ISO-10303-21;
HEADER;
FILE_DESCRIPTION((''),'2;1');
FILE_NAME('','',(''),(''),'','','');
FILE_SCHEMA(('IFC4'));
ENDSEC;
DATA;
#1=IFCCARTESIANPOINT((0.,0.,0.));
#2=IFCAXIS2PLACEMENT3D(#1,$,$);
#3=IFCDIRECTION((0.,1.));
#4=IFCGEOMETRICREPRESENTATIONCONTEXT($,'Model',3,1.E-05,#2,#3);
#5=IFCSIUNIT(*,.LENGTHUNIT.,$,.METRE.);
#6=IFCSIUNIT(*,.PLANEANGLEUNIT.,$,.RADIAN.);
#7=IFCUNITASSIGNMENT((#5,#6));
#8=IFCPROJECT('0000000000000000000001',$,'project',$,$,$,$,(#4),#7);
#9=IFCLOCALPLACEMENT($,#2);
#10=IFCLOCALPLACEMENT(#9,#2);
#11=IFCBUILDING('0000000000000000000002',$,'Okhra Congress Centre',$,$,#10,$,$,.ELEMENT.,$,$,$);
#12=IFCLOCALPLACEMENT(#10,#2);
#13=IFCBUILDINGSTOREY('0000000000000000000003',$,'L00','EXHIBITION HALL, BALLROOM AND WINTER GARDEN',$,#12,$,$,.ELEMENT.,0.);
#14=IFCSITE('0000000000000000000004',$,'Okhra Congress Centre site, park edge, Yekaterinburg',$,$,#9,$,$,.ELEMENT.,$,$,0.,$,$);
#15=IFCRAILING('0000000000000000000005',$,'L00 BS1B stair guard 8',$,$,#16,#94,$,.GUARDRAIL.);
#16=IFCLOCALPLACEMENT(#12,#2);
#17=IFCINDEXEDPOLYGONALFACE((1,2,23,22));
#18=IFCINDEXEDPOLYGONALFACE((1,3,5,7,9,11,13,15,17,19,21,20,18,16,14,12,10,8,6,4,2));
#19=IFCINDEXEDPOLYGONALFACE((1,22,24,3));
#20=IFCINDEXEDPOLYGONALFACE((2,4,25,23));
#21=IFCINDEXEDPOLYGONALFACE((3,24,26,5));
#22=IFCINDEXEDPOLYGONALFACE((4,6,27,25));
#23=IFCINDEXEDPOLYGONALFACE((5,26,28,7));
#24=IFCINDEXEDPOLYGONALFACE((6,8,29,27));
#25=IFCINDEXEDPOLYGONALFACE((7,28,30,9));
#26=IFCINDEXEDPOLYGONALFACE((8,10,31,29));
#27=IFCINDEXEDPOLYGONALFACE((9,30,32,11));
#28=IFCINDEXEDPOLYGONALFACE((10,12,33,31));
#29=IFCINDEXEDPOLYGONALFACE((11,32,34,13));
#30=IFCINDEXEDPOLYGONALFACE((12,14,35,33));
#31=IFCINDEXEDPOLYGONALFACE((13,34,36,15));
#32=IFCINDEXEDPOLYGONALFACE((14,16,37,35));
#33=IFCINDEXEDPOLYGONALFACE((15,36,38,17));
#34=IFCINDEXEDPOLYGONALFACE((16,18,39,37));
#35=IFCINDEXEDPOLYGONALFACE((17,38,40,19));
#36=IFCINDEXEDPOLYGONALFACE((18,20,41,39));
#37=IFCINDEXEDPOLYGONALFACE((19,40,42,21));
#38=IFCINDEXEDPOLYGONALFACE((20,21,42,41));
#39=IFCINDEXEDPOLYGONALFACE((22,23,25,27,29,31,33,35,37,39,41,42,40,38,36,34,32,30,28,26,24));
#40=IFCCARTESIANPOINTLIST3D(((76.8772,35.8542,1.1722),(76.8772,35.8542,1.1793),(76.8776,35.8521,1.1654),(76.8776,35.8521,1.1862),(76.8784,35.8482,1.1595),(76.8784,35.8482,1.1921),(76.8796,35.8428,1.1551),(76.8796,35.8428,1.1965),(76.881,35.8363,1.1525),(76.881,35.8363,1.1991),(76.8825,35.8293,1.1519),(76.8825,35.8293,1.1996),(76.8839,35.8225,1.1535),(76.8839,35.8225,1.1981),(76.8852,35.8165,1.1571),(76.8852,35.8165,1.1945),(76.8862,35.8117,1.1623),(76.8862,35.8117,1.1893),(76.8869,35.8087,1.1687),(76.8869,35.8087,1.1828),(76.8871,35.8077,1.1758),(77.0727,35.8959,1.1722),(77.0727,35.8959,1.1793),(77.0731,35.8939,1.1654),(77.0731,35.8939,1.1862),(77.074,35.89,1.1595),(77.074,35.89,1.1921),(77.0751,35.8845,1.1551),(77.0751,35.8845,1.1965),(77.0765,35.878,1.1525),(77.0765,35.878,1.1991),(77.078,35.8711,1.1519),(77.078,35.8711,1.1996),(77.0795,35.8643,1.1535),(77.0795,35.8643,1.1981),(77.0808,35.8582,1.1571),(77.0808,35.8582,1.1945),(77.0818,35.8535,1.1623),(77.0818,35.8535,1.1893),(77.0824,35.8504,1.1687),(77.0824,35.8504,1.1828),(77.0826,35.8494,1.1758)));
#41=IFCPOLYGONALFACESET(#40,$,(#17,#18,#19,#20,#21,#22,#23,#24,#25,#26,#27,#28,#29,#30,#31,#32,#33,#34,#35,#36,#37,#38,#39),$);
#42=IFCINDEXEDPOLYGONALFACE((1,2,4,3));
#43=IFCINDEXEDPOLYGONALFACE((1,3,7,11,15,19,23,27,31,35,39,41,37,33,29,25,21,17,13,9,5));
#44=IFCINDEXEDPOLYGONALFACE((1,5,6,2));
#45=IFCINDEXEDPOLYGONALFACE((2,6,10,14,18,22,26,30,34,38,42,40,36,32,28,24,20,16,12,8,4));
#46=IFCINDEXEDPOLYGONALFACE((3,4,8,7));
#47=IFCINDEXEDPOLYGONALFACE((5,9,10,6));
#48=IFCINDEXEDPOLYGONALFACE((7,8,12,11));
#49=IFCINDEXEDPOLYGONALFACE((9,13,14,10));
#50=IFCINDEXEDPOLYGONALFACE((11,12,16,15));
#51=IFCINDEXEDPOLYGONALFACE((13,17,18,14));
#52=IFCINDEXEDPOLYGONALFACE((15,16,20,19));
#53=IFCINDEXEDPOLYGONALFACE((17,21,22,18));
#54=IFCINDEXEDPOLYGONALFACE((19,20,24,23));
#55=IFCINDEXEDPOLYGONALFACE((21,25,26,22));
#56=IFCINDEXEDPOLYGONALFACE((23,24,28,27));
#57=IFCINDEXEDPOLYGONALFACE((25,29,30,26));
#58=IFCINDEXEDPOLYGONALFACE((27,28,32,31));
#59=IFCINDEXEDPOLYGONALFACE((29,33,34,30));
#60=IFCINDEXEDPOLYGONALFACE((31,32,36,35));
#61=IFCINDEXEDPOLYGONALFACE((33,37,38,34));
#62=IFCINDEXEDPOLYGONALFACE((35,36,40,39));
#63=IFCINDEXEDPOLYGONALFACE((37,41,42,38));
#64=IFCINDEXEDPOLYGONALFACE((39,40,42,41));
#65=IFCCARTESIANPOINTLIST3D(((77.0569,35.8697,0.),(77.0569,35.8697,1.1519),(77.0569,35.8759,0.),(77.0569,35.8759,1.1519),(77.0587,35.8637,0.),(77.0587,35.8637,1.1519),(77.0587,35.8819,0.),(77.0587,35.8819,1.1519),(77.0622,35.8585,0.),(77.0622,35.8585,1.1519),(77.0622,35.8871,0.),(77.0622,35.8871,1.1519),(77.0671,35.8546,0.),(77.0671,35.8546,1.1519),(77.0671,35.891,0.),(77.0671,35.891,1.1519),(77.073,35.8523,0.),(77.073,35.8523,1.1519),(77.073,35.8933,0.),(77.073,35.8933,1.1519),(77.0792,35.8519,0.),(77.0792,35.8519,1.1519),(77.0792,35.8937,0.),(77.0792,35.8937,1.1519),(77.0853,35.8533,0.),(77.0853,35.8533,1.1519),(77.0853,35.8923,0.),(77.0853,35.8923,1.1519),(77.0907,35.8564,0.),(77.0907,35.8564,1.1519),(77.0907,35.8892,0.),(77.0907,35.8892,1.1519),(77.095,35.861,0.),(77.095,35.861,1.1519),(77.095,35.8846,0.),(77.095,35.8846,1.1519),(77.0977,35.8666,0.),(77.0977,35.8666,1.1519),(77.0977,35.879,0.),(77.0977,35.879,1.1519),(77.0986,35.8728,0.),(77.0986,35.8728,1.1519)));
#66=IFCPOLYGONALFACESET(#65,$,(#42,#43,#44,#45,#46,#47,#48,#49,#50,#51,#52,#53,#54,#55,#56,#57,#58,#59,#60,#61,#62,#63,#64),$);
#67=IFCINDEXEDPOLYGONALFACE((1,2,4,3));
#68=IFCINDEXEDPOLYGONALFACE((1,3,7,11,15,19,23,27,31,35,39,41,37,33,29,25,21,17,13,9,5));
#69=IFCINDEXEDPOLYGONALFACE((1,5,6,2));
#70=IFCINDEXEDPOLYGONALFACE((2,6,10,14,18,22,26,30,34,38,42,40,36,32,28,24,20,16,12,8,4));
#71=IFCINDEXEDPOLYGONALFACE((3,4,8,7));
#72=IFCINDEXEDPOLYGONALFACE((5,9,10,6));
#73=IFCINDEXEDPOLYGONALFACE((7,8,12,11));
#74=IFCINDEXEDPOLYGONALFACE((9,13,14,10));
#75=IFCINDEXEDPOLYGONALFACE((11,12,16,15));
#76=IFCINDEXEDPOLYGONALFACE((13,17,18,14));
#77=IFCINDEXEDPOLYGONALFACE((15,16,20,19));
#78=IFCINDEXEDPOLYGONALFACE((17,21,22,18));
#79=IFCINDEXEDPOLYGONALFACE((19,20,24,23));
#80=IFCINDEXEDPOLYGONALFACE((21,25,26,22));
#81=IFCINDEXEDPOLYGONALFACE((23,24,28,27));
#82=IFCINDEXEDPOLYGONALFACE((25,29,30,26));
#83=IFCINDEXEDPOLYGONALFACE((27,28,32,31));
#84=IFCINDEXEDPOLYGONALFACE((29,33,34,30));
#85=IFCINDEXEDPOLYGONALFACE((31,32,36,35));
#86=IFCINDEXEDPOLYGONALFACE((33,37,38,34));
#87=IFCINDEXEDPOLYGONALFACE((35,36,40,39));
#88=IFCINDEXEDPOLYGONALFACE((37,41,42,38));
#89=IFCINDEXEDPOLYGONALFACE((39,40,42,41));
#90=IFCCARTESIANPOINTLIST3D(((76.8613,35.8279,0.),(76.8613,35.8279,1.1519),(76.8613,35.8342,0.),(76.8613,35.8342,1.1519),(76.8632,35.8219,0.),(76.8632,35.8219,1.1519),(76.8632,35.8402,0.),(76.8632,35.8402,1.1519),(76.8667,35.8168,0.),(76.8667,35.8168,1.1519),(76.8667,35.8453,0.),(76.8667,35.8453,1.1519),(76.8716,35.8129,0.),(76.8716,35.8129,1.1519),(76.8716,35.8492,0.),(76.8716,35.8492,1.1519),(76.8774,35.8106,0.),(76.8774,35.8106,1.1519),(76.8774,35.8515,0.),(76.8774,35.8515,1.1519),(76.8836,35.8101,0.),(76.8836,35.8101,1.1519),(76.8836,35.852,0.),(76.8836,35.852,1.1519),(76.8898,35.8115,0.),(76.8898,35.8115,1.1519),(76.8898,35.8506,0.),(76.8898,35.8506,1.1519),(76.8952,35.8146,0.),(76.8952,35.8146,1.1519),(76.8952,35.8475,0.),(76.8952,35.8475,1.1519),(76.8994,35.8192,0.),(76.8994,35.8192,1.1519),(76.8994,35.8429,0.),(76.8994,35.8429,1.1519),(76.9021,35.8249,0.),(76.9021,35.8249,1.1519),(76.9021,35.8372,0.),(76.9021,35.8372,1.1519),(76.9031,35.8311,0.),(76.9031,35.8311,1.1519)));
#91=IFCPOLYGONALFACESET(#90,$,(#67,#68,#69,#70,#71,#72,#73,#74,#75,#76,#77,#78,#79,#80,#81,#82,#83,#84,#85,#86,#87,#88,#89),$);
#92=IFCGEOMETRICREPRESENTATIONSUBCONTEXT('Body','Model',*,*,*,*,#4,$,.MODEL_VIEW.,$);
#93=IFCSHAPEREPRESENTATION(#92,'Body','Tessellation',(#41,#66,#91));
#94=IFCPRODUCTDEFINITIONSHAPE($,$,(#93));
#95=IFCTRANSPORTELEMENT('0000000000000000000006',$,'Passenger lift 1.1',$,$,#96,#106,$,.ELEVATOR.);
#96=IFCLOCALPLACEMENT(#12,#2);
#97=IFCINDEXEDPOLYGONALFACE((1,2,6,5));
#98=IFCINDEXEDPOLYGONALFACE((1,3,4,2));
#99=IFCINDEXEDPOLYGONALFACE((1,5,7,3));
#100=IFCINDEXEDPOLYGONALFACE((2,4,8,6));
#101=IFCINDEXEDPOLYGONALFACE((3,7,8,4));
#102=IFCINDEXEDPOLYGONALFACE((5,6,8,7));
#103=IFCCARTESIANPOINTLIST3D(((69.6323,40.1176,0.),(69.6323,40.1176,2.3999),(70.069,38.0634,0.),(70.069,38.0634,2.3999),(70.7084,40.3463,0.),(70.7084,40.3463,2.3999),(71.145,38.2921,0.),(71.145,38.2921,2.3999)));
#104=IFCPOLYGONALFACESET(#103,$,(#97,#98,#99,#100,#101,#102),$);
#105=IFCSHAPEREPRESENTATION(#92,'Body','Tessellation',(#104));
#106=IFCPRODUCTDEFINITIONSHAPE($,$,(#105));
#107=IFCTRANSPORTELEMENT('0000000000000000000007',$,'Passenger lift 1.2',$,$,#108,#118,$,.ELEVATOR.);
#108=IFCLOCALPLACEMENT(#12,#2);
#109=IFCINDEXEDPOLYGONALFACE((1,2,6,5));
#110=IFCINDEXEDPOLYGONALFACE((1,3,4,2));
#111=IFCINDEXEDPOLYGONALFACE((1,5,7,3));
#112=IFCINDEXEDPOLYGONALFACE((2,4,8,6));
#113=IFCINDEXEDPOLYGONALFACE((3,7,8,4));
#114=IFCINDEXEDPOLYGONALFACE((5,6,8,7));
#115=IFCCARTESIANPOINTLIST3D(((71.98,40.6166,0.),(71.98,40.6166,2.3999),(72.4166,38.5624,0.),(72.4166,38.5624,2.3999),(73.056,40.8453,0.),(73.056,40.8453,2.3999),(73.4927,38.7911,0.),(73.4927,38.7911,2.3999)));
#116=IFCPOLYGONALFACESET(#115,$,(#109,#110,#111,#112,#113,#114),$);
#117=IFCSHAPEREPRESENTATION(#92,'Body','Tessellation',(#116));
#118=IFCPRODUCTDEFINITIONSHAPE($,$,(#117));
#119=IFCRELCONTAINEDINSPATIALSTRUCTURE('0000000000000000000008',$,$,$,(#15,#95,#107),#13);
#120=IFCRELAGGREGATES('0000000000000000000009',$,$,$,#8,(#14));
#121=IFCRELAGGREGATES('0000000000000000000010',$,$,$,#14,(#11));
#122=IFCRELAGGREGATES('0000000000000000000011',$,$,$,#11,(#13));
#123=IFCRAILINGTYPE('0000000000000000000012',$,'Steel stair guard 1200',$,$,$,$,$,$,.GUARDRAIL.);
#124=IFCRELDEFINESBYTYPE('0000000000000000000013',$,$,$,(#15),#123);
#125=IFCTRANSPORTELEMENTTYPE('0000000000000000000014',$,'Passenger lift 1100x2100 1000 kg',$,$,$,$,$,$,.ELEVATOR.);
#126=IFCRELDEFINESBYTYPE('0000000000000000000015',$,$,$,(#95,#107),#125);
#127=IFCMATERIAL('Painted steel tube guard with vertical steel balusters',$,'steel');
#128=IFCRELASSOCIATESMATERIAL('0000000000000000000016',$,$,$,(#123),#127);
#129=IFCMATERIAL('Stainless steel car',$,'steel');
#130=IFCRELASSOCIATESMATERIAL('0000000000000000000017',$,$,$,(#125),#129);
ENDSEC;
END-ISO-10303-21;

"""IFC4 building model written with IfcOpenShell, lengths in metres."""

from ifc_helpers import new_model, si_unit, direction, frame, origin, origin_2d, place, context, subcontext, project, spatial, rectangle, circle, extrude, material, type_object, element, save


model = new_model("IFC4")

# Units and contexts
model_context = context("Model", 3, precision=1e-05, world=origin(), true_north=direction((0.0, 1.0)))
body_context = subcontext(model_context, "Body", "Model", "MODEL_VIEW")
ifc_project = project(units=[si_unit("LENGTHUNIT", "METRE"), si_unit("PLANEANGLEUNIT", "RADIAN")], contexts=[model_context])

# Site, building, storey
site_placement = place(None, origin())
site = spatial("IfcSite", under=ifc_project, at=site_placement, Name="Okhra Congress Centre site, park edge, Yekaterinburg", CompositionType="ELEMENT", RefElevation=0.0)
building_placement = place(site_placement, origin())
building = spatial("IfcBuilding", under=site, at=building_placement, Name="Okhra Congress Centre", CompositionType="ELEMENT")
storey_placement = place(building_placement, origin())
storey = spatial("IfcBuildingStorey", under=building, at=storey_placement, Name="L00", Description="EXHIBITION HALL, BALLROOM AND WINTER GARDEN", CompositionType="ELEMENT", Elevation=0.0)

# Railing
ifc_material_1 = material(Name="Painted steel tube guard with vertical steel balusters", Category="steel")
railing_type_1 = type_object("IfcRailingType", Name="Steel stair guard 1200", PredefinedType="GUARDRAIL", material=ifc_material_1)
railing_1_placement = place(storey_placement, frame((77.0776, 35.8728, 0.0)))
element("IfcRailing", 1, at=railing_1_placement, inside=storey, type_object=railing_type_1, Name="L00 BS1B stair guard 8", PredefinedType="GUARDRAIL", context=body_context, shape_type="SweptSolid", body=[
    extrude(circle(Radius=0.0239, at=origin_2d()), frame((0.0, 0.0, 1.1758), z_axis=(-0.977963, -0.208779, 0.0), x_axis=(0.208779, -0.977963, 0.0)), (0.0, 0.0, 1.0), 0.2),
    extrude(circle(Radius=0.021, at=origin_2d()), origin(), (0.0, 0.0, 1.0), 1.1519),
    extrude(circle(Radius=0.021, at=origin_2d()), frame((-0.1956, -0.0417, 0.0)), (0.0, 0.0, 1.0), 1.1519),
])

# Transport elements
ifc_material_2 = material(Name="Stainless steel car", Category="steel")
transport_element_type = type_object("IfcTransportElementType", Name="Passenger lift 1100x2100 1000 kg", PredefinedType="ELEVATOR", material=ifc_material_2)
for number, where, z_axis, x_axis, name in (
    (2, (70.3887, 39.2048, 0.0), (0.0, 0.0, 1.0), (0.978148, 0.207912, 0.0), "Passenger lift 1.1"),
    (3, (72.7363, 39.7039, 0.0), (0.0, 0.0, 1.0), (0.978148, 0.207912, 0.0), "Passenger lift 1.2"),
):
    element("IfcTransportElement", number, at=place(storey_placement, frame(where, z_axis=z_axis, x_axis=x_axis)), inside=storey, type_object=transport_element_type, Name=name, PredefinedType="ELEVATOR", context=body_context, shape_type="SweptSolid", body=[
        extrude(rectangle(XDim=1.1001, YDim=2.1001, at=origin_2d()), origin(), (0.0, 0.0, 1.0), 2.3999),
    ])

save(model, "model.ifc")
